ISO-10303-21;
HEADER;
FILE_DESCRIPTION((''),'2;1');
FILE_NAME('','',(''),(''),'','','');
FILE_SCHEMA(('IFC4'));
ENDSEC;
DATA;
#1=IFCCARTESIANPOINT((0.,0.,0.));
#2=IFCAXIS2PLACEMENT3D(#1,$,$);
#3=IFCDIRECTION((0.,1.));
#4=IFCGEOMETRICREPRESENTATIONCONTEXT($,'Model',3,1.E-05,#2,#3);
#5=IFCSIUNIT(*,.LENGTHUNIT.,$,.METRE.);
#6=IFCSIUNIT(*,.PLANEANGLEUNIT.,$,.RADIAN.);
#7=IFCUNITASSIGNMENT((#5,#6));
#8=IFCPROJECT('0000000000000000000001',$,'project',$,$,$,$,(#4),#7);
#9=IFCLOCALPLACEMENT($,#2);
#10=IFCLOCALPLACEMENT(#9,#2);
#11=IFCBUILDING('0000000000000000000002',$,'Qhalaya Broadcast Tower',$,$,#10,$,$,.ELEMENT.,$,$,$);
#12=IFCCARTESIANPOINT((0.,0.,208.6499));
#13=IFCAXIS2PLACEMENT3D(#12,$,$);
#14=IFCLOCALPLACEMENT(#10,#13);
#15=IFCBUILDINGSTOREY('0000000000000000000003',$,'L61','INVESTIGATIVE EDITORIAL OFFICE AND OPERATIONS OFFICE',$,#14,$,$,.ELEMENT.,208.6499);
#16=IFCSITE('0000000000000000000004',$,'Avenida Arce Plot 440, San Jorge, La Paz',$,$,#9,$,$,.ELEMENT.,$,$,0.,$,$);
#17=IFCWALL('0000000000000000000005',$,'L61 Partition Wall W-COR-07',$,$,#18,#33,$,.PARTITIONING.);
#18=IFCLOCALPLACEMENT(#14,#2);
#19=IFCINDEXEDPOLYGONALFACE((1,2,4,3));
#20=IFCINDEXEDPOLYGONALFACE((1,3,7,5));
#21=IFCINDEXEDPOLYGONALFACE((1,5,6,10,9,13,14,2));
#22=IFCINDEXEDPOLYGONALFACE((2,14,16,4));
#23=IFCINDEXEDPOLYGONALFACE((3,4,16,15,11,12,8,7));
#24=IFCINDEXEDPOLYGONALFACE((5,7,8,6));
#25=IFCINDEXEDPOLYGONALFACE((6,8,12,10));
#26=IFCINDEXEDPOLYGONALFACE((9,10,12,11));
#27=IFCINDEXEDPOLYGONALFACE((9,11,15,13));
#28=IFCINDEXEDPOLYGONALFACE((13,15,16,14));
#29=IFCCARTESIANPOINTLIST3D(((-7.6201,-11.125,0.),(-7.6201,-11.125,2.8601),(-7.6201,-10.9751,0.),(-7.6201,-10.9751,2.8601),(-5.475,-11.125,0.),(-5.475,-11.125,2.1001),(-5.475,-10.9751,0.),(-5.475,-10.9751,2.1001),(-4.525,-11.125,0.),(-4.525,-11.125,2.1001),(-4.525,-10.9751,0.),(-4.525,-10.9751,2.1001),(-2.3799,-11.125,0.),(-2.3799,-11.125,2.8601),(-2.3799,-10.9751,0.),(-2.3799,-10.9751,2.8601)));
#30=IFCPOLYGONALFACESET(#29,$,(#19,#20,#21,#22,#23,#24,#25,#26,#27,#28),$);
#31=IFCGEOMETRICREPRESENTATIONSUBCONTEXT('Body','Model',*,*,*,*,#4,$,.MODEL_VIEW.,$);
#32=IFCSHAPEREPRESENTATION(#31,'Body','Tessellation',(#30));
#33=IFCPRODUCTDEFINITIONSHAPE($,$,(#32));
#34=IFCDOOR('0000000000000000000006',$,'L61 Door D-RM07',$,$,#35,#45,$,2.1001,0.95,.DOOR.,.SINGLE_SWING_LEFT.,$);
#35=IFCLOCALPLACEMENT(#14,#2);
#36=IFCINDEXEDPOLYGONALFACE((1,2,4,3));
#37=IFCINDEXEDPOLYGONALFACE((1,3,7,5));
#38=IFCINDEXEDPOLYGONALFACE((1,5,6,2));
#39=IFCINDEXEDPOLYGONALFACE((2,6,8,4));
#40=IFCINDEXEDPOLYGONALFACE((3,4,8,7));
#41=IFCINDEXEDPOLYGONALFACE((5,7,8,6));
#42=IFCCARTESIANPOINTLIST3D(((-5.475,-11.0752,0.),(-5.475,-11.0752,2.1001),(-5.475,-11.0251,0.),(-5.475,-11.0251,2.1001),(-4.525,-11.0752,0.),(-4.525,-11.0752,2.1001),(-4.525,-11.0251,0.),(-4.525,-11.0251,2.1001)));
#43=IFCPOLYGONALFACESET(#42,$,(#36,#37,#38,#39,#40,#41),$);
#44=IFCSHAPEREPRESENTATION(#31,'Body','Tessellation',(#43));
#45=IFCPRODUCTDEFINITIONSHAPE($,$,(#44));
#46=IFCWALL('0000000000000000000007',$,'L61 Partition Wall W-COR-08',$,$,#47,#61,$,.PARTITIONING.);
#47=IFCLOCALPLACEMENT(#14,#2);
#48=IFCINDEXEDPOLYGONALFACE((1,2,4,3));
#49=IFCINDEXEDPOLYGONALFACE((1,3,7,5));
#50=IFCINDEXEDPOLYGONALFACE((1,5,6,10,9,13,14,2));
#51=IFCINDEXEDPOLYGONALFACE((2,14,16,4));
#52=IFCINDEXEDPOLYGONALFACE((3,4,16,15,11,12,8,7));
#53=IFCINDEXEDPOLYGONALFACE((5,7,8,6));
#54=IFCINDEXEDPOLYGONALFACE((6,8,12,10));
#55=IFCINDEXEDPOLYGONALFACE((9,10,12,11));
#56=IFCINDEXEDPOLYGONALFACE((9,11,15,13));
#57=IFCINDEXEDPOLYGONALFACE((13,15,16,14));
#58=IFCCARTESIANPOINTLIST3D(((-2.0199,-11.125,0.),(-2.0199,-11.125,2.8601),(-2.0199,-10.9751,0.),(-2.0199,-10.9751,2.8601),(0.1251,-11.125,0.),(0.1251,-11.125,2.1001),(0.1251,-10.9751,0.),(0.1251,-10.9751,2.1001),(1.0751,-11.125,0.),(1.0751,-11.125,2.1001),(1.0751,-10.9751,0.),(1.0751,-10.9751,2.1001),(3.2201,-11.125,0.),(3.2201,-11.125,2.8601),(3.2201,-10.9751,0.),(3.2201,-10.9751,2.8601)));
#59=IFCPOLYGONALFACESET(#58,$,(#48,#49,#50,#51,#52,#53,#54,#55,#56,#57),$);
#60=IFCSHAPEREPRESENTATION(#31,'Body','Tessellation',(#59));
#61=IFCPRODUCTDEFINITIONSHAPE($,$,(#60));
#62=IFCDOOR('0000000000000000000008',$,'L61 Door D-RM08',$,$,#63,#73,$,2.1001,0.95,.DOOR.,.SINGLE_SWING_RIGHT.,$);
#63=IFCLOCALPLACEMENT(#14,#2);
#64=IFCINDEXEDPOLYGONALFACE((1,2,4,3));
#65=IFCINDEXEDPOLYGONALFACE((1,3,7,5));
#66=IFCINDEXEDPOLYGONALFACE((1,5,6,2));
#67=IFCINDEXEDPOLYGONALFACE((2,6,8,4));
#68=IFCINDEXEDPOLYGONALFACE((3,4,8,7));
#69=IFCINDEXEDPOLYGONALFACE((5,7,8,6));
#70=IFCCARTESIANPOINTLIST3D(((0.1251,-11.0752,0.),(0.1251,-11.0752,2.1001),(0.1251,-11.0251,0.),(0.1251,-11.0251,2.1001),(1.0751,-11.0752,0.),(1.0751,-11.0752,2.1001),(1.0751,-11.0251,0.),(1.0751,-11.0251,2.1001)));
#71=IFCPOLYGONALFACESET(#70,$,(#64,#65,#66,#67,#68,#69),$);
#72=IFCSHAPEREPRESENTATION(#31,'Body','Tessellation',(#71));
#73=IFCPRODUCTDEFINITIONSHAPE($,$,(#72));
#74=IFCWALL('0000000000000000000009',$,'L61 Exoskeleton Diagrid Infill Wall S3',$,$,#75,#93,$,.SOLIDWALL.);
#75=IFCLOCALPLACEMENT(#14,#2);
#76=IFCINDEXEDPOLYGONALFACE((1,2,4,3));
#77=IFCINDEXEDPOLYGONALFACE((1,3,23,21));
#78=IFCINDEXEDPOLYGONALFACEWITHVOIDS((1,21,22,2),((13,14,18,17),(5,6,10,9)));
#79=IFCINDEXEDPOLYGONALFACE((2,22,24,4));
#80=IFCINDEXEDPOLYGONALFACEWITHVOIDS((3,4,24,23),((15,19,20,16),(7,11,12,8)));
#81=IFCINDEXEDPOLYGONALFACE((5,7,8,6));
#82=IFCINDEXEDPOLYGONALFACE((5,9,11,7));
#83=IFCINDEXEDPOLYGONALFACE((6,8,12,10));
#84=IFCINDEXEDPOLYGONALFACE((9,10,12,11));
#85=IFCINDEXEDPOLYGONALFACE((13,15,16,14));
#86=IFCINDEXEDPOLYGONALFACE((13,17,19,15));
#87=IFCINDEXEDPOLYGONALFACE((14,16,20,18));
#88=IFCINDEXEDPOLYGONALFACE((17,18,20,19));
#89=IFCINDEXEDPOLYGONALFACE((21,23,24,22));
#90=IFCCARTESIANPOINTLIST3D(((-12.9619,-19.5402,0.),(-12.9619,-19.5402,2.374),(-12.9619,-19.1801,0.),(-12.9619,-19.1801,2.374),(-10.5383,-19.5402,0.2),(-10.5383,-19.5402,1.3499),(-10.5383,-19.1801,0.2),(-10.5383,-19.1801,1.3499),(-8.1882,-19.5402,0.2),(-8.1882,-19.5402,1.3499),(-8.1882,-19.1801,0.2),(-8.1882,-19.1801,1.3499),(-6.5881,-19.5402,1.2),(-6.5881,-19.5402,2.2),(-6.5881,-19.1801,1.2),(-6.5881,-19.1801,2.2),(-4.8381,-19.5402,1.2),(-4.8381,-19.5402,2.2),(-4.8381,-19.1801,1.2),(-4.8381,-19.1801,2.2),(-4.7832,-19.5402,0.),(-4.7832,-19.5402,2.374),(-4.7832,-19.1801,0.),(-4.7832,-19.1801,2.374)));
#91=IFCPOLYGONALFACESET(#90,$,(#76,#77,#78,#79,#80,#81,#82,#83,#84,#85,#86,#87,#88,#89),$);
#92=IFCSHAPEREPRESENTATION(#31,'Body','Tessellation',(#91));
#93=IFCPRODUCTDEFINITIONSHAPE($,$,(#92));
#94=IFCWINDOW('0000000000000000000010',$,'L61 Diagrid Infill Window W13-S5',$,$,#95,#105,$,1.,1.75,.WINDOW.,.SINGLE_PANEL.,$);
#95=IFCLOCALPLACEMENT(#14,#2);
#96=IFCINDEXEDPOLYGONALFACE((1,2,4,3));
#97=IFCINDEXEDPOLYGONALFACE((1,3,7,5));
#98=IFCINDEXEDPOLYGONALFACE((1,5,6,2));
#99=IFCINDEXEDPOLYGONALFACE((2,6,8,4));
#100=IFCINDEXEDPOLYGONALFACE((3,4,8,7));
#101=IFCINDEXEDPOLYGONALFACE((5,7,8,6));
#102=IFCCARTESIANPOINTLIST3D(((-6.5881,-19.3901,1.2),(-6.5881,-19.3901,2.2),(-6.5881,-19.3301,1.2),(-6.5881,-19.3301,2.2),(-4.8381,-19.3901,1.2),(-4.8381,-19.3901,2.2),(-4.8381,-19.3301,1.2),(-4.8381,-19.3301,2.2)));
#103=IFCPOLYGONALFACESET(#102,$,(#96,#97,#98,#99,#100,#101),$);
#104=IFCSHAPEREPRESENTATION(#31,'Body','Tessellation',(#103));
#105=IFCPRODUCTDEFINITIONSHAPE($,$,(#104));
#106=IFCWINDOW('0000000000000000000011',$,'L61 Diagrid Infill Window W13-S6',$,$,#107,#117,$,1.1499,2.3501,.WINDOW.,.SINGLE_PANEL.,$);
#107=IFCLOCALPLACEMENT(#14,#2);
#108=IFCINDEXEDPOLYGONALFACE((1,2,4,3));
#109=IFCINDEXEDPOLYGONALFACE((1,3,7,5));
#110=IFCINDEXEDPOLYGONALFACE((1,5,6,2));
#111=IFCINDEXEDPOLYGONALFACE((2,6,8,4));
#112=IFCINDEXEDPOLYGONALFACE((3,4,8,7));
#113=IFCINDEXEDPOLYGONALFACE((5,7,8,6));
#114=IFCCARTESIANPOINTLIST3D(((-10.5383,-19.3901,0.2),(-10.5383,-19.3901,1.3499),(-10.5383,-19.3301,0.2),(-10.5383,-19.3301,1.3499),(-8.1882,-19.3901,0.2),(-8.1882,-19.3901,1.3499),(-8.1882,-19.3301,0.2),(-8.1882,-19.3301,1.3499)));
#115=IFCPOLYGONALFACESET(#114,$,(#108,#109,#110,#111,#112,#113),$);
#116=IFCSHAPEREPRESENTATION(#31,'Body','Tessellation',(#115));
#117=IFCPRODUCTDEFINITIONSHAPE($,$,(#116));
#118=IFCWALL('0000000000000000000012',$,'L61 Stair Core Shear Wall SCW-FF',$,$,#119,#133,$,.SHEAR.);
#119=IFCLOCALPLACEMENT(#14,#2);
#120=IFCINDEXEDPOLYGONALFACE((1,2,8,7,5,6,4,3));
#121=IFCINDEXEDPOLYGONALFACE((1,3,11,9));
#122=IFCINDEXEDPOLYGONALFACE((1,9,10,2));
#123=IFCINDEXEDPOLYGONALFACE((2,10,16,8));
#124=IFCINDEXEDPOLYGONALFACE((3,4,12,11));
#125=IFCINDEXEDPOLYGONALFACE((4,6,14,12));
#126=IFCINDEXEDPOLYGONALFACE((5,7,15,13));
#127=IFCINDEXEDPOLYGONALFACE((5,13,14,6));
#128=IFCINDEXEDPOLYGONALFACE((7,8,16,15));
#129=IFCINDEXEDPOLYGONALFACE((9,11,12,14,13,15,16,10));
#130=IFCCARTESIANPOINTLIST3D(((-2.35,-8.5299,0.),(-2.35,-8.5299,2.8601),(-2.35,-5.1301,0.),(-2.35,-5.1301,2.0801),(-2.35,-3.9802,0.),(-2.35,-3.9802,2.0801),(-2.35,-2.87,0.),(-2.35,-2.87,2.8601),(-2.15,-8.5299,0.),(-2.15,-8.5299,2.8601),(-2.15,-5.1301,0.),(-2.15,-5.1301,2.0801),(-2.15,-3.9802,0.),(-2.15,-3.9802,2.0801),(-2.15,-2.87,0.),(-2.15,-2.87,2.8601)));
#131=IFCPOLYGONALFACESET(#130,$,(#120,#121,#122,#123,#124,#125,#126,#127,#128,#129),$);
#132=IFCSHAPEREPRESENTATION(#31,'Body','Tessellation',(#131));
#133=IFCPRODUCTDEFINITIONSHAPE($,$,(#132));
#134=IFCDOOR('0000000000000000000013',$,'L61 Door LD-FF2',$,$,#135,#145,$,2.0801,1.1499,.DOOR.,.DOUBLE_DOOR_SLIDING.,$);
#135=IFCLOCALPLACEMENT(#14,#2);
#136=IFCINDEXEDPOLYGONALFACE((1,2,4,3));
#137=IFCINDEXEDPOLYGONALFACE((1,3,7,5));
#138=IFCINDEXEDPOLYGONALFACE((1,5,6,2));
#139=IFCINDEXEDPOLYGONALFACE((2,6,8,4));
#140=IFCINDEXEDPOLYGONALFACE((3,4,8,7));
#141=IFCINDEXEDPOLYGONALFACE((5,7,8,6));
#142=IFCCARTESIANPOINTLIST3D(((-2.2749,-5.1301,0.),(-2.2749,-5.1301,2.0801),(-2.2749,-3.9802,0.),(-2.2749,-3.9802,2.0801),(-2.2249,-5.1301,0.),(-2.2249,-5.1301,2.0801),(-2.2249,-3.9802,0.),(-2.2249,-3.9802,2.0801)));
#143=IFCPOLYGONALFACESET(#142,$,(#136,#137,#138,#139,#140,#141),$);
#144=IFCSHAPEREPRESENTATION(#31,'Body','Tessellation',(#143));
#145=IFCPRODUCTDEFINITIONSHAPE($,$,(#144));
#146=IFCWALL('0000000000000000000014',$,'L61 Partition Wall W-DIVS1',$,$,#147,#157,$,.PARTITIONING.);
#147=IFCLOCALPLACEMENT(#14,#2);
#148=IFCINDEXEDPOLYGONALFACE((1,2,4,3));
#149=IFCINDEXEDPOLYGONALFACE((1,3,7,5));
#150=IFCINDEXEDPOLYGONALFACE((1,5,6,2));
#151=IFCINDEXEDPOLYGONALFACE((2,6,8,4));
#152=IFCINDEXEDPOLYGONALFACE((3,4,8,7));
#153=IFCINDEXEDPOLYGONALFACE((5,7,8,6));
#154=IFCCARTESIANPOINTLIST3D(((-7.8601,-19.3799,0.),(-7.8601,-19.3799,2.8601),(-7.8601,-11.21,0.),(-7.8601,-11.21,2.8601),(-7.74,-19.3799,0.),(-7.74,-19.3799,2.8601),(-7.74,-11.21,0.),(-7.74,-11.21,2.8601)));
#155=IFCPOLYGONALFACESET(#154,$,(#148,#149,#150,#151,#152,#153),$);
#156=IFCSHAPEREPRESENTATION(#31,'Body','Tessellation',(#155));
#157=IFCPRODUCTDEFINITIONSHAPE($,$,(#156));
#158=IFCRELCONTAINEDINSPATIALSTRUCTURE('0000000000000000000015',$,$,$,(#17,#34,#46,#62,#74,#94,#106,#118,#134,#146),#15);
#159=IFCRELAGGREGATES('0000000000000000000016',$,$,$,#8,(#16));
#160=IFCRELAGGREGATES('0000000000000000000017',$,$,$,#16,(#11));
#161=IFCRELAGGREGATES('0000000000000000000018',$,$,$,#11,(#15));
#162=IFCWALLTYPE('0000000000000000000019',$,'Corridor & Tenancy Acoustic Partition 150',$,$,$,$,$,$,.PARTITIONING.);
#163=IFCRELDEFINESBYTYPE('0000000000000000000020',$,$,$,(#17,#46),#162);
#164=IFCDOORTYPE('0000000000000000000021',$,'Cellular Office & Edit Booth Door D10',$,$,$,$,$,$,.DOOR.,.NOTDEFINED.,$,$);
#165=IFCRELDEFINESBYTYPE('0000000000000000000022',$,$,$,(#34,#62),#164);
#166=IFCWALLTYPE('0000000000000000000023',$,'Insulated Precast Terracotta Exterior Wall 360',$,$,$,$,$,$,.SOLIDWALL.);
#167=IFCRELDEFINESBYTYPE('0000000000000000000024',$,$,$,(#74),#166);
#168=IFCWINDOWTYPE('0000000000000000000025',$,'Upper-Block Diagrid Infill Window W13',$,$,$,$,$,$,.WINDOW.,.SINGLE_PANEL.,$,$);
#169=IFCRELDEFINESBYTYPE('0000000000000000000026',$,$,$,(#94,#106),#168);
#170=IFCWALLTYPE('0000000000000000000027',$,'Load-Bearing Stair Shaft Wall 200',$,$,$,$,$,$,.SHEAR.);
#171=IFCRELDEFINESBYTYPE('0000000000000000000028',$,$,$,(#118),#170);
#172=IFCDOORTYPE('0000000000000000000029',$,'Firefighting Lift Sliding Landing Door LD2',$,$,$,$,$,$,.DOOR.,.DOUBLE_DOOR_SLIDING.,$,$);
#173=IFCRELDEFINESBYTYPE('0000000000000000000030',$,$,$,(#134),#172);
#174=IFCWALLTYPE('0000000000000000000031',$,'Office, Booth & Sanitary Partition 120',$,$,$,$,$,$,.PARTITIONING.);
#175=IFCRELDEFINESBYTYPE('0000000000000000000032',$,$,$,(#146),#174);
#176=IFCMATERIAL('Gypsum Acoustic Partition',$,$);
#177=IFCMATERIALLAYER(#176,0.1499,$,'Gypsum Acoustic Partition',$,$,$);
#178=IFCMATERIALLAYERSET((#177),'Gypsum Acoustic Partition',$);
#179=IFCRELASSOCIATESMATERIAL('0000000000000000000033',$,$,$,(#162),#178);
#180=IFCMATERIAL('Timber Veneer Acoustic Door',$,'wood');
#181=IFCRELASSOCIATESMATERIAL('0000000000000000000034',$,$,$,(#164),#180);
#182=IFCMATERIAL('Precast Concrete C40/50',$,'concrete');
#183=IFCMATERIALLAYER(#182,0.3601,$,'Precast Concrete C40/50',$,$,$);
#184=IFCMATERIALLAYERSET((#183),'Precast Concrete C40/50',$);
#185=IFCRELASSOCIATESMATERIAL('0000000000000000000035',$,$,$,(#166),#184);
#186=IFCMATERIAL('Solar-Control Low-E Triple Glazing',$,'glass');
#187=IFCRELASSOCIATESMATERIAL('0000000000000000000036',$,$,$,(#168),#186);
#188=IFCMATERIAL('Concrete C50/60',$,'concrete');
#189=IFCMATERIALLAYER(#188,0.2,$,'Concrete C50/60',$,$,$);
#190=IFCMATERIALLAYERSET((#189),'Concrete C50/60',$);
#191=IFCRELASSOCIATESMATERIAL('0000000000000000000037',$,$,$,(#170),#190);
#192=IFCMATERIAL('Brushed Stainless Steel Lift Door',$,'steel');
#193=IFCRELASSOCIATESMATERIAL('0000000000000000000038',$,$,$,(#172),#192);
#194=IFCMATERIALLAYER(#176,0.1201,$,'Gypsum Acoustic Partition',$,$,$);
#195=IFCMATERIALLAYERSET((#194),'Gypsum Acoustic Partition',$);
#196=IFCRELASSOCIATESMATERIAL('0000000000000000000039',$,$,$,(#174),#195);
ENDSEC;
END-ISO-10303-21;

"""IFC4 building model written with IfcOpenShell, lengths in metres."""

from ifc_helpers import new_model, si_unit, direction, frame, frame_2d, origin, place, context, subcontext, project, spatial, rectangle, extrude, material, layer, layer_set, type_object, element, fill, save


model = new_model("IFC4")

# Units and contexts
model_context = context("Model", 3, precision=1e-05, world=origin(), true_north=direction((0.0, 1.0)))
body_context = subcontext(model_context, "Body", "Model", "MODEL_VIEW")
ifc_project = project(units=[si_unit("LENGTHUNIT", "METRE"), si_unit("PLANEANGLEUNIT", "RADIAN")], contexts=[model_context])

# Site, building, storey
site_placement = place(None, origin())
site = spatial("IfcSite", under=ifc_project, at=site_placement, Name="Avenida Arce Plot 440, San Jorge, La Paz", CompositionType="ELEMENT", RefElevation=0.0)
building_placement = place(site_placement, origin())
building = spatial("IfcBuilding", under=site, at=building_placement, Name="Qhalaya Broadcast Tower", CompositionType="ELEMENT")
storey_placement = place(building_placement, frame((0.0, 0.0, 208.6499)))
storey = spatial("IfcBuildingStorey", under=building, at=storey_placement, Name="L61", Description="INVESTIGATIVE EDITORIAL OFFICE AND OPERATIONS OFFICE", CompositionType="ELEMENT", Elevation=208.6499)

# Shared definitions
ifc_material_1 = material(Name="Concrete C50/60", Category="concrete")

# Walls, openings, doors
ifc_material_2 = material(Name="Gypsum Acoustic Partition")
ifc_layer_1 = layer(ifc_material_2, 0.1499, Name="Gypsum Acoustic Partition")
ifc_layer_set_1 = layer_set([ifc_layer_1], Name="Gypsum Acoustic Partition")
wall_type_1 = type_object("IfcWallType", Name="Corridor & Tenancy Acoustic Partition 150", PredefinedType="PARTITIONING", material=ifc_layer_set_1)
wall_1_placement = place(storey_placement, frame((-7.6201, -11.05, 0.0), z_axis=(0.0, 0.0, 1.0), x_axis=(1.0, 0.0, 0.0)))
wall_1 = element("IfcWall", 1, at=wall_1_placement, inside=storey, type_object=wall_type_1, Name="L61 Partition Wall W-COR-07", PredefinedType="PARTITIONING", context=body_context, shape_type="SweptSolid", body=[
    extrude(rectangle(XDim=5.2402, YDim=0.1499, at=frame_2d((2.6201, 0.0))), origin(), (0.0, 0.0, 1.0), 2.8601),
])
opening_1_placement = place(wall_1_placement, frame((2.145, 0.0, 0.0)))
opening_1 = element("IfcOpeningElement", 2, at=opening_1_placement, cuts=wall_1, PredefinedType="OPENING", context=body_context, shape_type="SweptSolid", body=[
    extrude(rectangle(XDim=0.95, YDim=2.1001, at=frame_2d((0.4751, 1.05))), frame((0.0, 0.0869, 0.0), z_axis=(0.0, -1.0, 0.0), x_axis=(1.0, 0.0, 0.0)), (0.0, 0.0, 1.0), 0.1738),
])
ifc_material_3 = material(Name="Timber Veneer Acoustic Door", Category="wood")
door_type_1 = type_object("IfcDoorType", Name="Cellular Office & Edit Booth Door D10", OperationType="NOTDEFINED", PredefinedType="DOOR", material=ifc_material_3)
door_1_placement = place(opening_1_placement, origin())
door_1 = element("IfcDoor", 3, at=door_1_placement, inside=storey, type_object=door_type_1, Name="L61 Door D-RM07", OperationType="SINGLE_SWING_LEFT", OverallHeight=2.1001, OverallWidth=0.95, PredefinedType="DOOR", context=body_context, shape_type="SweptSolid", body=[
    extrude(rectangle(XDim=0.95, YDim=2.1001, at=frame_2d((0.4751, 1.05))), frame((0.0, 0.0249, 0.0), z_axis=(0.0, -1.0, 0.0), x_axis=(1.0, 0.0, 0.0)), (0.0, 0.0, 1.0), 0.05),
])
fill(opening_1, door_1)
wall_2_placement = place(storey_placement, frame((-2.02, -11.05, 0.0), z_axis=(0.0, 0.0, 1.0), x_axis=(1.0, 0.0, 0.0)))
wall_2 = element("IfcWall", 4, at=wall_2_placement, inside=storey, type_object=wall_type_1, Name="L61 Partition Wall W-COR-08", PredefinedType="PARTITIONING", context=body_context, shape_type="SweptSolid", body=[
    extrude(rectangle(XDim=5.24, YDim=0.1499, at=frame_2d((2.6201, 0.0))), origin(), (0.0, 0.0, 1.0), 2.8601),
])
opening_2_placement = place(wall_2_placement, frame((2.145, 0.0, 0.0)))
opening_2 = element("IfcOpeningElement", 5, at=opening_2_placement, cuts=wall_2, PredefinedType="OPENING", context=body_context, shape_type="SweptSolid", body=[
    extrude(rectangle(XDim=0.95, YDim=2.1001, at=frame_2d((0.4751, 1.05))), frame((0.0, 0.0869, 0.0), z_axis=(0.0, -1.0, 0.0), x_axis=(1.0, 0.0, 0.0)), (0.0, 0.0, 1.0), 0.1738),
])
door_2_placement = place(opening_2_placement, origin())
door_2 = element("IfcDoor", 6, at=door_2_placement, inside=storey, type_object=door_type_1, Name="L61 Door D-RM08", OperationType="SINGLE_SWING_RIGHT", OverallHeight=2.1001, OverallWidth=0.95, PredefinedType="DOOR", context=body_context, shape_type="SweptSolid", body=[
    extrude(rectangle(XDim=0.95, YDim=2.1001, at=frame_2d((0.4751, 1.05))), frame((0.0, 0.0249, 0.0), z_axis=(0.0, -1.0, 0.0), x_axis=(1.0, 0.0, 0.0)), (0.0, 0.0, 1.0), 0.05),
])
fill(opening_2, door_2)

# Wall, openings, windows
ifc_material_4 = material(Name="Precast Concrete C40/50", Category="concrete")
ifc_layer_2 = layer(ifc_material_4, 0.3601, Name="Precast Concrete C40/50")
ifc_layer_set_2 = layer_set([ifc_layer_2], Name="Precast Concrete C40/50")
wall_type_2 = type_object("IfcWallType", Name="Insulated Precast Terracotta Exterior Wall 360", PredefinedType="SOLIDWALL", material=ifc_layer_set_2)
wall_3_placement = place(storey_placement, frame((-4.7832, -19.3601, 0.0), z_axis=(0.0, 0.0, 1.0), x_axis=(-1.0, 0.0, 0.0)))
wall_3 = element("IfcWall", 7, at=wall_3_placement, inside=storey, type_object=wall_type_2, Name="L61 Exoskeleton Diagrid Infill Wall S3", PredefinedType="SOLIDWALL", context=body_context, shape_type="SweptSolid", body=[
    extrude(rectangle(XDim=8.1787, YDim=0.3601, at=frame_2d((4.0894, 0.0))), origin(), (0.0, 0.0, 1.0), 2.374),
])
opening_3_placement = place(wall_3_placement, frame((0.0549, 0.0, 1.2)))
opening_3 = element("IfcOpeningElement", 8, at=opening_3_placement, cuts=wall_3, PredefinedType="OPENING", context=body_context, shape_type="SweptSolid", body=[
    extrude(rectangle(XDim=1.75, YDim=1.0, at=frame_2d((0.875, 0.5))), frame((0.0, 0.1921, 0.0), z_axis=(0.0, -1.0, 0.0), x_axis=(1.0, 0.0, 0.0)), (0.0, 0.0, 1.0), 0.384),
])
opening_4_placement = place(wall_3_placement, frame((3.405, 0.0, 0.2)))
opening_4 = element("IfcOpeningElement", 9, at=opening_4_placement, cuts=wall_3, PredefinedType="OPENING", context=body_context, shape_type="SweptSolid", body=[
    extrude(rectangle(XDim=2.3501, YDim=1.1499, at=frame_2d((1.175, 0.575))), frame((0.0, 0.1921, 0.0), z_axis=(0.0, -1.0, 0.0), x_axis=(1.0, 0.0, 0.0)), (0.0, 0.0, 1.0), 0.384),
])
ifc_material_5 = material(Name="Solar-Control Low-E Triple Glazing", Category="glass")
window_type = type_object("IfcWindowType", Name="Upper-Block Diagrid Infill Window W13", PartitioningType="SINGLE_PANEL", PredefinedType="WINDOW", material=ifc_material_5)
window_1_placement = place(opening_3_placement, origin())
window_1 = element("IfcWindow", 10, at=window_1_placement, inside=storey, type_object=window_type, Name="L61 Diagrid Infill Window W13-S5", OverallHeight=1.0, OverallWidth=1.75, PartitioningType="SINGLE_PANEL", PredefinedType="WINDOW", context=body_context, shape_type="SweptSolid", body=[
    extrude(rectangle(XDim=1.75, YDim=1.0, at=frame_2d((0.875, 0.5))), frame((0.0, 0.03, 0.0), z_axis=(0.0, -1.0, 0.0), x_axis=(1.0, 0.0, 0.0)), (0.0, 0.0, 1.0), 0.0601),
])
fill(opening_3, window_1)
window_2_placement = place(opening_4_placement, origin())
window_2 = element("IfcWindow", 11, at=window_2_placement, inside=storey, type_object=window_type, Name="L61 Diagrid Infill Window W13-S6", OverallHeight=1.1499, OverallWidth=2.3501, PartitioningType="SINGLE_PANEL", PredefinedType="WINDOW", context=body_context, shape_type="SweptSolid", body=[
    extrude(rectangle(XDim=2.3501, YDim=1.1499, at=frame_2d((1.175, 0.575))), frame((0.0, 0.03, 0.0), z_axis=(0.0, -1.0, 0.0), x_axis=(1.0, 0.0, 0.0)), (0.0, 0.0, 1.0), 0.0601),
])
fill(opening_4, window_2)

# Wall, opening, door
ifc_layer_3 = layer(ifc_material_1, 0.2, Name="Concrete C50/60")
ifc_layer_set_3 = layer_set([ifc_layer_3], Name="Concrete C50/60")
wall_type_3 = type_object("IfcWallType", Name="Load-Bearing Stair Shaft Wall 200", PredefinedType="SHEAR", material=ifc_layer_set_3)
wall_4_placement = place(storey_placement, frame((-2.25, -8.53, 0.0), z_axis=(0.0, 0.0, 1.0), x_axis=(0.0, 1.0, 0.0)))
wall_4 = element("IfcWall", 12, at=wall_4_placement, inside=storey, type_object=wall_type_3, Name="L61 Stair Core Shear Wall SCW-FF", PredefinedType="SHEAR", context=body_context, shape_type="SweptSolid", body=[
    extrude(rectangle(XDim=5.6599, YDim=0.2, at=frame_2d((2.8301, 0.0))), origin(), (0.0, 0.0, 1.0), 2.8601),
])
opening_5_placement = place(wall_4_placement, frame((3.3999, 0.0, 0.0)))
opening_5 = element("IfcOpeningElement", 13, at=opening_5_placement, cuts=wall_4, PredefinedType="OPENING", context=body_context, shape_type="SweptSolid", body=[
    extrude(rectangle(XDim=1.1499, YDim=2.0801, at=frame_2d((0.575, 1.04))), frame((0.0, 0.1121, 0.0), z_axis=(0.0, -1.0, 0.0), x_axis=(1.0, 0.0, 0.0)), (0.0, 0.0, 1.0), 0.2239),
])
ifc_material_6 = material(Name="Brushed Stainless Steel Lift Door", Category="steel")
door_type_2 = type_object("IfcDoorType", Name="Firefighting Lift Sliding Landing Door LD2", OperationType="DOUBLE_DOOR_SLIDING", PredefinedType="DOOR", material=ifc_material_6)
door_3_placement = place(opening_5_placement, origin())
door_3 = element("IfcDoor", 14, at=door_3_placement, inside=storey, type_object=door_type_2, Name="L61 Door LD-FF2", OperationType="DOUBLE_DOOR_SLIDING", OverallHeight=2.0801, OverallWidth=1.1499, PredefinedType="DOOR", context=body_context, shape_type="SweptSolid", body=[
    extrude(rectangle(XDim=1.1499, YDim=2.0801, at=frame_2d((0.575, 1.04))), frame((0.0, 0.0249, 0.0), z_axis=(0.0, -1.0, 0.0), x_axis=(1.0, 0.0, 0.0)), (0.0, 0.0, 1.0), 0.05),
])
fill(opening_5, door_3)

# Wall
ifc_layer_4 = layer(ifc_material_2, 0.1201, Name="Gypsum Acoustic Partition")
ifc_layer_set_4 = layer_set([ifc_layer_4], Name="Gypsum Acoustic Partition")
wall_type_4 = type_object("IfcWallType", Name="Office, Booth & Sanitary Partition 120", PredefinedType="PARTITIONING", material=ifc_layer_set_4)
for number, where, z_axis, x_axis, name in (
    (15, (-7.8, -19.3799, 0.0), (0.0, 0.0, 1.0), (0.0, 1.0, 0.0), "L61 Partition Wall W-DIVS1"),
):
    element("IfcWall", number, at=place(storey_placement, frame(where, z_axis=z_axis, x_axis=x_axis)), inside=storey, type_object=wall_type_4, Name=name, PredefinedType="PARTITIONING", context=body_context, shape_type="SweptSolid", body=[
        extrude(rectangle(XDim=8.1699, YDim=0.1201, at=frame_2d((4.085, 0.0))), origin(), (0.0, 0.0, 1.0), 2.8601),
    ])

save(model, "model.ifc")
